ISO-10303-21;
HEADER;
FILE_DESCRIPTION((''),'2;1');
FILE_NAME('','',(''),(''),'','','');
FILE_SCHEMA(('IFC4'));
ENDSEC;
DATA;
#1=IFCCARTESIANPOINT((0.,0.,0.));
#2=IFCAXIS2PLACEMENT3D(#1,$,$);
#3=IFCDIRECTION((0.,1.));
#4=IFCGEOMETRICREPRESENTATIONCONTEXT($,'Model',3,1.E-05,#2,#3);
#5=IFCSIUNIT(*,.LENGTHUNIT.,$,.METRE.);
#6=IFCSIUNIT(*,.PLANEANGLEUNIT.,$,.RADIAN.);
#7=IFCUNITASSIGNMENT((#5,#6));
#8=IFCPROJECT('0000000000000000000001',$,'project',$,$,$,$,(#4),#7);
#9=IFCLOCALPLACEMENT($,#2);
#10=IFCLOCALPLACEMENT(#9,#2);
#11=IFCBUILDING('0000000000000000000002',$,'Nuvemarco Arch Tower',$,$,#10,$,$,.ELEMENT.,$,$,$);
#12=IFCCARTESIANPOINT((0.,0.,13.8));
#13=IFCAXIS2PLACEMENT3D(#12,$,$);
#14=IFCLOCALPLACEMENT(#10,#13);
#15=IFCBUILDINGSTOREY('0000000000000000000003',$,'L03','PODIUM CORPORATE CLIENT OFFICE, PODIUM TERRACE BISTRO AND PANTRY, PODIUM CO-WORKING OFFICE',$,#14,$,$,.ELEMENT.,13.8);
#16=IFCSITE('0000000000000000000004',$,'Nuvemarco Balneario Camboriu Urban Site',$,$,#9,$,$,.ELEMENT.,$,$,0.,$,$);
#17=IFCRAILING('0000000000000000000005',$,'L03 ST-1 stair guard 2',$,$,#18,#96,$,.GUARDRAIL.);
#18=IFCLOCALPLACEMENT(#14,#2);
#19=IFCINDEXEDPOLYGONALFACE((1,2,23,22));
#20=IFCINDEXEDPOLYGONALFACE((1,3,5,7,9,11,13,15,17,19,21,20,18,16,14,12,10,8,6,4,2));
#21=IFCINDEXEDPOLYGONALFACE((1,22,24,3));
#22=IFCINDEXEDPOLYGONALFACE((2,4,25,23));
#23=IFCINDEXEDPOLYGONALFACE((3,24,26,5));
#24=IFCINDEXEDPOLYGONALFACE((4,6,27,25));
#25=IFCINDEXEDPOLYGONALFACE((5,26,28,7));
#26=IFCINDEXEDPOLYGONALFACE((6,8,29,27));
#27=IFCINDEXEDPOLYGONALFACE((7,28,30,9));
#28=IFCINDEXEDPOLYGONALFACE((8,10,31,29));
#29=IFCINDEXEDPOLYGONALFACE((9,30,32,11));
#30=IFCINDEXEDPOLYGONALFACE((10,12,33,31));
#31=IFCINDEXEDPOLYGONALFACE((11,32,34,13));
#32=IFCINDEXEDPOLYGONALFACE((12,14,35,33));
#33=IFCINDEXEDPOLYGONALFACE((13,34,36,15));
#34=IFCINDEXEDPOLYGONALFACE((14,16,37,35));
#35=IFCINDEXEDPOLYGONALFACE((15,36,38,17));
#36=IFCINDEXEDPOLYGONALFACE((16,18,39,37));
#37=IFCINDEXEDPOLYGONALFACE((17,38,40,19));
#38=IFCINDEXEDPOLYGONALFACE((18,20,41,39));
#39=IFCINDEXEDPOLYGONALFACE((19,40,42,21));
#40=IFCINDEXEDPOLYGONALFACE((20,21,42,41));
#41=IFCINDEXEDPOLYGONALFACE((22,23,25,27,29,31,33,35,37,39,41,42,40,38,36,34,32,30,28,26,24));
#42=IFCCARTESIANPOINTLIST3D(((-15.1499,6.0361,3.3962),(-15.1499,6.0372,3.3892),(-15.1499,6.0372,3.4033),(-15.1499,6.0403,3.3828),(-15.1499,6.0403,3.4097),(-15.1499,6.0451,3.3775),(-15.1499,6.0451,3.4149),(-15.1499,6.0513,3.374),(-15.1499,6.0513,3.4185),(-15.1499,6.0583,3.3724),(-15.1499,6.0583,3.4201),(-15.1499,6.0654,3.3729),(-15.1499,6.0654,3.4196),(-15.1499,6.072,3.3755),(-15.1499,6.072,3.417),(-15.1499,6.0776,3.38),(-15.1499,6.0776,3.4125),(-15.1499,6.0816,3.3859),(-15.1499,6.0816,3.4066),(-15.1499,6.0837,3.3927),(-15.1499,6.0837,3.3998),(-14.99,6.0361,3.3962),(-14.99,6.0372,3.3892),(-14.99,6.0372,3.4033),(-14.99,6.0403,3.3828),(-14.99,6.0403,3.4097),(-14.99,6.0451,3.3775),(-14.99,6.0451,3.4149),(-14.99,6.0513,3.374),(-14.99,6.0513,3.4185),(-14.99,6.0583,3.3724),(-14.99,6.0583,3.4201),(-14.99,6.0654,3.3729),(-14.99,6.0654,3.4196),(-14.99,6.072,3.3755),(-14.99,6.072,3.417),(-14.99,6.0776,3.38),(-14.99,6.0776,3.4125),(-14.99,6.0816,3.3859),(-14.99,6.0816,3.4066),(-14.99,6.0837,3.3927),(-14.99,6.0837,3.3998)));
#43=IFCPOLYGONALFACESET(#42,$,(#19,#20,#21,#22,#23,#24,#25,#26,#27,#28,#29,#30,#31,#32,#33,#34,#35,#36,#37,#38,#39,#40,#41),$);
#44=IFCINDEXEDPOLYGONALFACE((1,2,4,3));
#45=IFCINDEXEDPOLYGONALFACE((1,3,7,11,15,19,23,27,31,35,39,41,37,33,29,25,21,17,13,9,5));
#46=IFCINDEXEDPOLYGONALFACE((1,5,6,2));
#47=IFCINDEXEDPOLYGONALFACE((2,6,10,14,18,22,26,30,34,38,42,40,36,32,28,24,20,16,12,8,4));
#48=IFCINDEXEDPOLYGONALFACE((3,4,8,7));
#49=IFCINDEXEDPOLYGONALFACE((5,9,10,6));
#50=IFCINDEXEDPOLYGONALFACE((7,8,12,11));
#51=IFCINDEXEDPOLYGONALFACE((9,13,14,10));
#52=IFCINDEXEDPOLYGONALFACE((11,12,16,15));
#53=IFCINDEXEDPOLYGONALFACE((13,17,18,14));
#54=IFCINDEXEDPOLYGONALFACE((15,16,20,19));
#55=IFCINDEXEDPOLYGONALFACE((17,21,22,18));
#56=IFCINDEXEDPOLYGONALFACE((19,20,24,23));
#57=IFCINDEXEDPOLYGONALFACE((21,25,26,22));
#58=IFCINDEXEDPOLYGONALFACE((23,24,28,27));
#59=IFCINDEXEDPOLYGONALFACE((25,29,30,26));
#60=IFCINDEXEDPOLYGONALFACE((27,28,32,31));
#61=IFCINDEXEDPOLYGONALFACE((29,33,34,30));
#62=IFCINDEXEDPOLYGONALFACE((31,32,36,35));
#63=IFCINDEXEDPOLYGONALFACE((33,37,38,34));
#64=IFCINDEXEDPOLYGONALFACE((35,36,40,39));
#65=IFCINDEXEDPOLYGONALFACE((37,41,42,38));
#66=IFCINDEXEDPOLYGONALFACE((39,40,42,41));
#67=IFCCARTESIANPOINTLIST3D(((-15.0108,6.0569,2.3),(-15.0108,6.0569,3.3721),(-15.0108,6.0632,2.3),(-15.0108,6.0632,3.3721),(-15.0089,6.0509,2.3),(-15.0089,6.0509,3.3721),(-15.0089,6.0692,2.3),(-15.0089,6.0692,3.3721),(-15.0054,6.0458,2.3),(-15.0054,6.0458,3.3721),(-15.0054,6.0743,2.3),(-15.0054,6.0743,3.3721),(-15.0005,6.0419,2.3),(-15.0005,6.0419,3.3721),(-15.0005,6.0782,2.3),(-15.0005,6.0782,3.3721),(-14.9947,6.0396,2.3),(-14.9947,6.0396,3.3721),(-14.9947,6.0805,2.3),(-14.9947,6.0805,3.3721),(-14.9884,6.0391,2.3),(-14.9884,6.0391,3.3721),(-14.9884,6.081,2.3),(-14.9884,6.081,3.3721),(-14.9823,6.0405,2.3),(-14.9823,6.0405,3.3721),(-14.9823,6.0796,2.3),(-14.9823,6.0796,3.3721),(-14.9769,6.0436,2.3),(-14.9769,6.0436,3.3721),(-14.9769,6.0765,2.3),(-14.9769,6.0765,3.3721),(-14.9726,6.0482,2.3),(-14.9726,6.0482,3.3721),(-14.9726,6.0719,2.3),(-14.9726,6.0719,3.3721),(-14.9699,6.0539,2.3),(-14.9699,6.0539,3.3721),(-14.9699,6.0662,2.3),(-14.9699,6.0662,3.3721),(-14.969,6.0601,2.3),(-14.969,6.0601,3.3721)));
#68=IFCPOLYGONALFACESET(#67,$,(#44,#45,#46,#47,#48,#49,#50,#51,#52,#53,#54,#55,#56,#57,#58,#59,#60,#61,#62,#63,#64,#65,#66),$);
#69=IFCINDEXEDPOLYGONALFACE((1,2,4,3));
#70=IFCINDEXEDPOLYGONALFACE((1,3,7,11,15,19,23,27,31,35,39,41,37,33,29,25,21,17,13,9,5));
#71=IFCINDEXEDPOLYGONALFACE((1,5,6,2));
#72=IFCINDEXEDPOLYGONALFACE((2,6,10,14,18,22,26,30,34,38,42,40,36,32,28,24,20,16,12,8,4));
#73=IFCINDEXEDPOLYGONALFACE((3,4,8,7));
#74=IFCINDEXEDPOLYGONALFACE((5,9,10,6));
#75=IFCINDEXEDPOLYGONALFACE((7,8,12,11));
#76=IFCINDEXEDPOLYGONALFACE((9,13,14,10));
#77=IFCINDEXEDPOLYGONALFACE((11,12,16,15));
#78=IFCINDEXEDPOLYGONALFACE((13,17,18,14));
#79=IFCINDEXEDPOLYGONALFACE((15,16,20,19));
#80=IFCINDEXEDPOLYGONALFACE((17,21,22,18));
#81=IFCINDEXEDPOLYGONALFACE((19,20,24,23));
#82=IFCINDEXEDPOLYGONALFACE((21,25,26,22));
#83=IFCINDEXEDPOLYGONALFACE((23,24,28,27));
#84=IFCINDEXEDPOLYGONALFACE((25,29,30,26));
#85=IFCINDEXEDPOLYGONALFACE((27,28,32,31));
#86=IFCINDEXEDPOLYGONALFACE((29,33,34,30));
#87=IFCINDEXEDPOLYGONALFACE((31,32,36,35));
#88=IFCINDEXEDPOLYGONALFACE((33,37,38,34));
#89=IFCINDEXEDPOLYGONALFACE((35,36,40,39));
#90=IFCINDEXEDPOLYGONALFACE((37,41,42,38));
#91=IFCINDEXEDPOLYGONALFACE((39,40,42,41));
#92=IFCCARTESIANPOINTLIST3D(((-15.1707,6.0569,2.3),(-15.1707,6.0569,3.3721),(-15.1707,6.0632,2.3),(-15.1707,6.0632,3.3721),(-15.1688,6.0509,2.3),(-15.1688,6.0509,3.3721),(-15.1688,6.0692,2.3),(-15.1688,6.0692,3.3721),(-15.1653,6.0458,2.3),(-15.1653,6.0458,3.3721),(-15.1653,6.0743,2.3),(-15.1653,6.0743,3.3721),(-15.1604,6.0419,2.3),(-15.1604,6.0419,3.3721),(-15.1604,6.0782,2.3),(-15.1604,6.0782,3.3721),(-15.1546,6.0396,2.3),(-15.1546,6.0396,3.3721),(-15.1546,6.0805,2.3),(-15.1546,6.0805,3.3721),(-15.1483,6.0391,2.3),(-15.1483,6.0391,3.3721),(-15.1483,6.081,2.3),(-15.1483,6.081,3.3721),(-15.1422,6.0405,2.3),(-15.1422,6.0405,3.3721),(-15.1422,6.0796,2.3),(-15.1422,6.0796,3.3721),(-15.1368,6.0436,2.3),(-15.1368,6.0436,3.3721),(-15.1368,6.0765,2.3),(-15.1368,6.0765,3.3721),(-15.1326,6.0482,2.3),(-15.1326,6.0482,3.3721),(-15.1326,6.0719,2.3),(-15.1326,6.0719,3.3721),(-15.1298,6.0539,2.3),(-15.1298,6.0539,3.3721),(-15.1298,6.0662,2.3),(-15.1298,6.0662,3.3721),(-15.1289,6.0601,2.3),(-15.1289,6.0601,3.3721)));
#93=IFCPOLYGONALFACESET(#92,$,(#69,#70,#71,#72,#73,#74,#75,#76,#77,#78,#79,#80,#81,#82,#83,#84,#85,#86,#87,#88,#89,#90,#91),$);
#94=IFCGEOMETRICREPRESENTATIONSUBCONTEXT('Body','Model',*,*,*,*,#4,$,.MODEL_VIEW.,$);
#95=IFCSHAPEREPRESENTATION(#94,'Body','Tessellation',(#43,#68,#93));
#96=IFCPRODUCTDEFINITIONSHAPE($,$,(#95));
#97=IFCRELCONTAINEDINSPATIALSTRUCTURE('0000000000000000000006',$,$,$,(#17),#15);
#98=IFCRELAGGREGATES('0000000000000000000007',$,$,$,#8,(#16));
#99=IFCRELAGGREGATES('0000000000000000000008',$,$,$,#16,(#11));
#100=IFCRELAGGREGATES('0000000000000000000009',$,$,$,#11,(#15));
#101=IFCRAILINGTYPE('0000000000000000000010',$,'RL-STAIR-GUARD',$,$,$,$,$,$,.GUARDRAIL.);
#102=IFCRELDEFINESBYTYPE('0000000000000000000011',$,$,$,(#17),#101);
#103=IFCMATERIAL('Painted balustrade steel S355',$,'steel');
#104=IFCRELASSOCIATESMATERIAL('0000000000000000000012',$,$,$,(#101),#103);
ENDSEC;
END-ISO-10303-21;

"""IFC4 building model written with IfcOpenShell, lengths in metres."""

from ifc_helpers import new_model, si_unit, direction, frame, origin, origin_2d, place, context, subcontext, project, spatial, circle, extrude, material, type_object, element, save


model = new_model("IFC4")

# Units and contexts
model_context = context("Model", 3, precision=1e-05, world=origin(), true_north=direction((0.0, 1.0)))
body_context = subcontext(model_context, "Body", "Model", "MODEL_VIEW")
ifc_project = project(units=[si_unit("LENGTHUNIT", "METRE"), si_unit("PLANEANGLEUNIT", "RADIAN")], contexts=[model_context])

# Site, building, storey
site_placement = place(None, origin())
site = spatial("IfcSite", under=ifc_project, at=site_placement, Name="Nuvemarco Balneario Camboriu Urban Site", CompositionType="ELEMENT", RefElevation=0.0)
building_placement = place(site_placement, origin())
building = spatial("IfcBuilding", under=site, at=building_placement, Name="Nuvemarco Arch Tower", CompositionType="ELEMENT")
storey_placement = place(building_placement, frame((0.0, 0.0, 13.8)))
storey = spatial("IfcBuildingStorey", under=building, at=storey_placement, Name="L03", Description="PODIUM CORPORATE CLIENT OFFICE, PODIUM TERRACE BISTRO AND PANTRY, PODIUM CO-WORKING OFFICE", CompositionType="ELEMENT", Elevation=13.8)

# Railing
ifc_material_1 = material(Name="Painted balustrade steel S355", Category="steel")
railing_type_1 = type_object("IfcRailingType", Name="RL-STAIR-GUARD", PredefinedType="GUARDRAIL", material=ifc_material_1)
railing_1_placement = place(storey_placement, frame((-14.99, 6.0601, 2.3)))
element("IfcRailing", 1, at=railing_1_placement, inside=storey, type_object=railing_type_1, Name="L03 ST-1 stair guard 2", PredefinedType="GUARDRAIL", context=body_context, shape_type="SweptSolid", body=[
    extrude(circle(Radius=0.0239, at=origin_2d()), frame((0.0, 0.0, 1.0962), z_axis=(-1.0, 0.0, 0.0), x_axis=(0.0, -1.0, 0.0)), (0.0, 0.0, 1.0), 0.1599),
    extrude(circle(Radius=0.021, at=origin_2d()), origin(), (0.0, 0.0, 1.0), 1.072),
    extrude(circle(Radius=0.021, at=origin_2d()), frame((-0.1599, 0.0, 0.0)), (0.0, 0.0, 1.0), 1.072),
])

save(model, "model.ifc")
